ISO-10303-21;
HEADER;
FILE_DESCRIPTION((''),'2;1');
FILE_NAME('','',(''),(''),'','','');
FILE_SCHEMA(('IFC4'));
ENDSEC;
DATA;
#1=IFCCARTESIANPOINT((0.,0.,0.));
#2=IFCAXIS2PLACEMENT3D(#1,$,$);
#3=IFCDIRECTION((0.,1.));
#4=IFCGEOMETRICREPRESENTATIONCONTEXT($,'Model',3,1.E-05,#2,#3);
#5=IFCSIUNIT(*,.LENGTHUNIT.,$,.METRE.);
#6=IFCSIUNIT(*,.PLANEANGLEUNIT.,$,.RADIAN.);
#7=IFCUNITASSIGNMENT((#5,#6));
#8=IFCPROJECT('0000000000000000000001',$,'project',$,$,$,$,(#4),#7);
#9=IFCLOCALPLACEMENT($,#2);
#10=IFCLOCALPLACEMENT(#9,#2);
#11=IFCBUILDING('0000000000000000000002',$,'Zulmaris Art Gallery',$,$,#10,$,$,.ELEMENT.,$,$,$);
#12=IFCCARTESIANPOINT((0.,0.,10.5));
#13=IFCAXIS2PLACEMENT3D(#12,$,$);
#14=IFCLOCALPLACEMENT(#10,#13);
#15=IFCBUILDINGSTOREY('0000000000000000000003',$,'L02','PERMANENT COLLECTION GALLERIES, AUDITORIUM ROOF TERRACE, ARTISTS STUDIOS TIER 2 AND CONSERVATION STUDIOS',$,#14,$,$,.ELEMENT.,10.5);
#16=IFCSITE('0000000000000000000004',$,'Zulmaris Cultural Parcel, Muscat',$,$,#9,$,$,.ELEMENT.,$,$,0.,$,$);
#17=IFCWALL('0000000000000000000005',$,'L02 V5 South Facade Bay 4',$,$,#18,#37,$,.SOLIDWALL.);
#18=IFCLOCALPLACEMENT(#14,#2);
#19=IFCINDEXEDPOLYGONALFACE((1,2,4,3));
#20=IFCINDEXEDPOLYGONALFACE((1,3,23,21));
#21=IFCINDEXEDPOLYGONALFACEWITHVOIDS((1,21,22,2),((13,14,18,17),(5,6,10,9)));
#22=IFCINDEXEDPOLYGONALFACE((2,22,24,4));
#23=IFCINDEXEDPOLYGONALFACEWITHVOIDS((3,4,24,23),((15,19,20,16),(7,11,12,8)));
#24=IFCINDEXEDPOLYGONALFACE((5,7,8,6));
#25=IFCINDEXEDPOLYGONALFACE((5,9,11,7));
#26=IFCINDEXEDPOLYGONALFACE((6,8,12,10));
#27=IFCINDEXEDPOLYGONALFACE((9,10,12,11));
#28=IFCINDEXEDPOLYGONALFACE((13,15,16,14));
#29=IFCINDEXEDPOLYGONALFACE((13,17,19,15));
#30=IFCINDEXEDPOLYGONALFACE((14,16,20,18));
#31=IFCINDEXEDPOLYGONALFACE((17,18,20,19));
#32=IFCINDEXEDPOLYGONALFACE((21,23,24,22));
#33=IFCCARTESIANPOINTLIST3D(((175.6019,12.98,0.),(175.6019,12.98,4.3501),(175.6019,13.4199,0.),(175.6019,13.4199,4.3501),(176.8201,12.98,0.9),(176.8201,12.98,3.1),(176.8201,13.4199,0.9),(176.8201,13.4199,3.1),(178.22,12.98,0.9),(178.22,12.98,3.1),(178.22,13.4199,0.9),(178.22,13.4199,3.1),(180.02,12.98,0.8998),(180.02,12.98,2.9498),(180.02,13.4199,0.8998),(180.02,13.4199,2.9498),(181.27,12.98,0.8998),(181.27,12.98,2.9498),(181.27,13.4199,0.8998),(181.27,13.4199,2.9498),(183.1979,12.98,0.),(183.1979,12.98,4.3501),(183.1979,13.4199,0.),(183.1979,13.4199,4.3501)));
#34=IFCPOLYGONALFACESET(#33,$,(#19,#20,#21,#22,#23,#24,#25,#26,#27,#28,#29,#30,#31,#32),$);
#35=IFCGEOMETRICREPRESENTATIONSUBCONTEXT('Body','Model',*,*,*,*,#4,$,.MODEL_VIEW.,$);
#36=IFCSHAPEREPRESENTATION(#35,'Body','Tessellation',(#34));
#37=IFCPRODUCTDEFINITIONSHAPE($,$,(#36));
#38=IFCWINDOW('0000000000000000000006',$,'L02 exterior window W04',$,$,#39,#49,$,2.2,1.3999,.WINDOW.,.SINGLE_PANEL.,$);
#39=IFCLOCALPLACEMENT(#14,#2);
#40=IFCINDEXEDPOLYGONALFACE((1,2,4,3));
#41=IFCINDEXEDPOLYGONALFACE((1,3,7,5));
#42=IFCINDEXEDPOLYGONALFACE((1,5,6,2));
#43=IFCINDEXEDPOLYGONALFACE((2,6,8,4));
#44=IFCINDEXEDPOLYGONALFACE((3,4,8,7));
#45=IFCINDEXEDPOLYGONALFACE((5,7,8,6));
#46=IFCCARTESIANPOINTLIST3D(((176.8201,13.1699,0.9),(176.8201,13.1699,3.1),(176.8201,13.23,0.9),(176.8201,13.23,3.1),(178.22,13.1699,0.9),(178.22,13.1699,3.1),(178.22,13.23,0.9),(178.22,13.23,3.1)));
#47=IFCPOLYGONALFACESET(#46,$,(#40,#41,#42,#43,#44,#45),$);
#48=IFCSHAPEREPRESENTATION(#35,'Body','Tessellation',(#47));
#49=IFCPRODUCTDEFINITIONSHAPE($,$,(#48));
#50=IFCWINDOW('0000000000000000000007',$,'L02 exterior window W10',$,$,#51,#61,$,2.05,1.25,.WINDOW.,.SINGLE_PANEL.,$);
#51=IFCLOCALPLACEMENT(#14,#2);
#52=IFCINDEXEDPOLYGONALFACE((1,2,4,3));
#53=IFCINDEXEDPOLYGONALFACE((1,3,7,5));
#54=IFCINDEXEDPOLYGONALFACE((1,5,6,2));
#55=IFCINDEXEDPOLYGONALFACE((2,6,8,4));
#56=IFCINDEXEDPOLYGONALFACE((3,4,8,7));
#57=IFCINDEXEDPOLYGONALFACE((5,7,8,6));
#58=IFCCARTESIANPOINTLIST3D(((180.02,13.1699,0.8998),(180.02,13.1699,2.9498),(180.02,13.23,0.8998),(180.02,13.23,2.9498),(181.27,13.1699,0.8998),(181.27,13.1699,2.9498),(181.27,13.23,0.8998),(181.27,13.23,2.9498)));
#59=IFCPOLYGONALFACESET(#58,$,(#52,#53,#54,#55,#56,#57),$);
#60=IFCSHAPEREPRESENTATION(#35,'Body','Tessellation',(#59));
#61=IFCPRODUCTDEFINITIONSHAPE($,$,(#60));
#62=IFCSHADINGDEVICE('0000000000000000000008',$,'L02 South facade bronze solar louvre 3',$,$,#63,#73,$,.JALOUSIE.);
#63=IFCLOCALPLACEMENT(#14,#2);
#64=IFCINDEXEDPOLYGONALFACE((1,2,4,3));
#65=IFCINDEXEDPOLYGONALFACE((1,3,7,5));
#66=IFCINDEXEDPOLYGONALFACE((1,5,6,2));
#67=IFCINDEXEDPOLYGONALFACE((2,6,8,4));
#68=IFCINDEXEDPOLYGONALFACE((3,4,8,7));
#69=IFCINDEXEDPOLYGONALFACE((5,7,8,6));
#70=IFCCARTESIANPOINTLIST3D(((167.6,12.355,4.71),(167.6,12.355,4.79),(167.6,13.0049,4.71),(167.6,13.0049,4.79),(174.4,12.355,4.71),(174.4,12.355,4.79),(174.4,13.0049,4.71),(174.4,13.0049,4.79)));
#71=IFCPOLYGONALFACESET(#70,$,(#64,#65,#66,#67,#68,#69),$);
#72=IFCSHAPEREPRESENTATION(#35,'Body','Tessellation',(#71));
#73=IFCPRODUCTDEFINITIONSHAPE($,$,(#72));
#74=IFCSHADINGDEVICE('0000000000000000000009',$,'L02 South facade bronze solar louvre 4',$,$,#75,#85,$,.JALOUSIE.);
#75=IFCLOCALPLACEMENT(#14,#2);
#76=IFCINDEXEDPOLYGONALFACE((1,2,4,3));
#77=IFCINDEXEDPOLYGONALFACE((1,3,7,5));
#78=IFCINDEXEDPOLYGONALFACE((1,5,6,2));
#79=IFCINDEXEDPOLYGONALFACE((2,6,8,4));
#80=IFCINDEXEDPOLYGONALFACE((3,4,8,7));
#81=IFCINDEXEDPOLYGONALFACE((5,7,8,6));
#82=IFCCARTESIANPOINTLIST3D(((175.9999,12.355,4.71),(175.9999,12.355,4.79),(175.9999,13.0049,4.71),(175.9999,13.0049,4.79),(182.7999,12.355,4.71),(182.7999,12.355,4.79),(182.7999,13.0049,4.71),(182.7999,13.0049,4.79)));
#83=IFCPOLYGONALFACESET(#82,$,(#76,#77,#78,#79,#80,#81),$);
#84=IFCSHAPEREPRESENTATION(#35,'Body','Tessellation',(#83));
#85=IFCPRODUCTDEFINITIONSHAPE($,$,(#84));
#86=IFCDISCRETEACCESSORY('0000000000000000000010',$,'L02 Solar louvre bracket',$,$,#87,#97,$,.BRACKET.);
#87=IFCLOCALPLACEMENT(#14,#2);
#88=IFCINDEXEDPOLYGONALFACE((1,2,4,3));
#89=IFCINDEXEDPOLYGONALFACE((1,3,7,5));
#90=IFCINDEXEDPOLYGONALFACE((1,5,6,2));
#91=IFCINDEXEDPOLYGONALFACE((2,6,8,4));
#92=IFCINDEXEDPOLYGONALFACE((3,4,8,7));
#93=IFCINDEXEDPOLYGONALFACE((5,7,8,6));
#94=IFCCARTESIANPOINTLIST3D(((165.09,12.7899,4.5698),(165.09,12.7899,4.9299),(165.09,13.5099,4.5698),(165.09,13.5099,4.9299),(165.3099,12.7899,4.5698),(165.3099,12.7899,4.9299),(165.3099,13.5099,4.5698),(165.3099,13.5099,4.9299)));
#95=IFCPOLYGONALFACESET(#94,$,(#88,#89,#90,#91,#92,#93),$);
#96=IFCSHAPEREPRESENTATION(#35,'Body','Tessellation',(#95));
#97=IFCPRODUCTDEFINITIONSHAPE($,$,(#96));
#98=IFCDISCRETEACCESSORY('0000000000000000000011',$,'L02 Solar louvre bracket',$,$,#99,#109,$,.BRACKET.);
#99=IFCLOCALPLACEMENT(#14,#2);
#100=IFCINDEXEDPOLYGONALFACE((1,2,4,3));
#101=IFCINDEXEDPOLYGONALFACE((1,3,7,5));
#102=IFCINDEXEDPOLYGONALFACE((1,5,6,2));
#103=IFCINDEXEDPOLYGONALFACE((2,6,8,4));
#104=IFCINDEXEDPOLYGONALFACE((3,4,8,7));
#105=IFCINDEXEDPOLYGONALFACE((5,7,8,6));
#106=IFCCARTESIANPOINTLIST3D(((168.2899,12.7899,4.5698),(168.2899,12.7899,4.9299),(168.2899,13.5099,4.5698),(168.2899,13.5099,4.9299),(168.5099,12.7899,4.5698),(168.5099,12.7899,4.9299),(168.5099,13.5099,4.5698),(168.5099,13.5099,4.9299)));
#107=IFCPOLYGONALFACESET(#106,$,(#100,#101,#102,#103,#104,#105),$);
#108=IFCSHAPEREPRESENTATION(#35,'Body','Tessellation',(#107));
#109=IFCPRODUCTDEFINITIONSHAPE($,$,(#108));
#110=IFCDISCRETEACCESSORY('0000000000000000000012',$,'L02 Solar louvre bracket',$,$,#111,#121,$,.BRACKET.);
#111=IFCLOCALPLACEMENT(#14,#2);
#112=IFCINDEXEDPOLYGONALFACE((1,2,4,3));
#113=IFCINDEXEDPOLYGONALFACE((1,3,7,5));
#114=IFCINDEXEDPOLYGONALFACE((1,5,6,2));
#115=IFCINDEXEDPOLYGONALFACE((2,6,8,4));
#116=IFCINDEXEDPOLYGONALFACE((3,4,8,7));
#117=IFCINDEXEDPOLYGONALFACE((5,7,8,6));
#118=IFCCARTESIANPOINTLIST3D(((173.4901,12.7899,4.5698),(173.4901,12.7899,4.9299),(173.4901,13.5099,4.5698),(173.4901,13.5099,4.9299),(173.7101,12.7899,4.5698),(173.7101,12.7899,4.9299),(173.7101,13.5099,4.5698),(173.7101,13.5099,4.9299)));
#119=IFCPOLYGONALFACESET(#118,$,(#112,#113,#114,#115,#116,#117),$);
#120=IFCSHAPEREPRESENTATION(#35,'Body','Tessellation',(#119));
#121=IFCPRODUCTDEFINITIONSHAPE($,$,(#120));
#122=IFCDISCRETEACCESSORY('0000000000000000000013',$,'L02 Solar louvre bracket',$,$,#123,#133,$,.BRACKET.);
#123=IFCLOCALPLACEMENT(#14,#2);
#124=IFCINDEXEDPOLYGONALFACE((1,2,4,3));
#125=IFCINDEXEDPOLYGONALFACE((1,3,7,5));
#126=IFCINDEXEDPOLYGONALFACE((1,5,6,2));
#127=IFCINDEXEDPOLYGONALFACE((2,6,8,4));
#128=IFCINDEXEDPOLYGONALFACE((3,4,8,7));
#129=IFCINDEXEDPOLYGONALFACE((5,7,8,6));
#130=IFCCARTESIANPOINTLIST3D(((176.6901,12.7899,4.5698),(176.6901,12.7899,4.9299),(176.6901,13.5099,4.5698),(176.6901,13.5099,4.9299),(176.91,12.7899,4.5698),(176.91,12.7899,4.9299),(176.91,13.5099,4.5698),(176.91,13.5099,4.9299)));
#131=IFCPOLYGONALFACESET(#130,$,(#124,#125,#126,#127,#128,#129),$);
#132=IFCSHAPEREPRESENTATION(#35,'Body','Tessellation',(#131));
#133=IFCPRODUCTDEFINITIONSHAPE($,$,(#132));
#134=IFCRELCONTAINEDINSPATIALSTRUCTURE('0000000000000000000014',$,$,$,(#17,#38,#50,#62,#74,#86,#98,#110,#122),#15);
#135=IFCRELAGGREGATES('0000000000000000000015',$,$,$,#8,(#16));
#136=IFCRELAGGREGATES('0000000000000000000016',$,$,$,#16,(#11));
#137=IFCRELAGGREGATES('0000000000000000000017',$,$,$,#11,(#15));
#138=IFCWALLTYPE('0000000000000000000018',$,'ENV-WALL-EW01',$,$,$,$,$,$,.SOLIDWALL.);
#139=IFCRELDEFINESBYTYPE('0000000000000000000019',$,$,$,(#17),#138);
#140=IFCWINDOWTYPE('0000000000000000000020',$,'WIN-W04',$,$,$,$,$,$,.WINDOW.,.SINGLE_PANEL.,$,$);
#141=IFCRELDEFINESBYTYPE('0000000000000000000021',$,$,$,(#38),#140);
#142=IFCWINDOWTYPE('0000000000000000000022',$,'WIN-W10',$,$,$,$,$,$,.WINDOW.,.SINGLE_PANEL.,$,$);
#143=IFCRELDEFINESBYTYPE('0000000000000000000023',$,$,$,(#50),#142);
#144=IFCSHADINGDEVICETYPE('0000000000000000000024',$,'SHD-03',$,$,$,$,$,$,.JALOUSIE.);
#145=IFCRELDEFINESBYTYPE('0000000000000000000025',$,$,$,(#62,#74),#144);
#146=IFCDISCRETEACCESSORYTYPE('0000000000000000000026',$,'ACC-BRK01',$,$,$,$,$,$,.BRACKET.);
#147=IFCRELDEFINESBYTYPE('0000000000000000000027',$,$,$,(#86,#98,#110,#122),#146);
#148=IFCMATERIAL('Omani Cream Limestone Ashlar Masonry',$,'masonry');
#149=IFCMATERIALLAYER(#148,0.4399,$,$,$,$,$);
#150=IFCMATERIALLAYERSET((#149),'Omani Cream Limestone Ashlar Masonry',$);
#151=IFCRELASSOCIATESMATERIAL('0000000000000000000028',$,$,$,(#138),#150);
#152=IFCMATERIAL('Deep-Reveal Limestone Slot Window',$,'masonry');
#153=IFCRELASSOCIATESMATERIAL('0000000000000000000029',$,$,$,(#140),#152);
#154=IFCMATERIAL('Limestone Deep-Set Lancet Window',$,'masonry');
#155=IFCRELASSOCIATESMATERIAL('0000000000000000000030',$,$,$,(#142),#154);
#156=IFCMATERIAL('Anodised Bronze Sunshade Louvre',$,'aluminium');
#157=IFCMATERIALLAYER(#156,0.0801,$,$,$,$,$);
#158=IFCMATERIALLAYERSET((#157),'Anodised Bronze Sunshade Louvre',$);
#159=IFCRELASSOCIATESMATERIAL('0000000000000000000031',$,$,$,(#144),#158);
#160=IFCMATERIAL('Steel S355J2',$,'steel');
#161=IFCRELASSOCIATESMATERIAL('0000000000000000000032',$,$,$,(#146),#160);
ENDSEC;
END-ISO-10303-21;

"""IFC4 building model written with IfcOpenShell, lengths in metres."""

from ifc_helpers import new_model, si_unit, direction, frame, frame_2d, origin, origin_2d, place, context, subcontext, project, spatial, rectangle, extrude, material, layer, layer_set, type_object, element, fill, save


model = new_model("IFC4")

# Units and contexts
model_context = context("Model", 3, precision=1e-05, world=origin(), true_north=direction((0.0, 1.0)))
body_context = subcontext(model_context, "Body", "Model", "MODEL_VIEW")
ifc_project = project(units=[si_unit("LENGTHUNIT", "METRE"), si_unit("PLANEANGLEUNIT", "RADIAN")], contexts=[model_context])

# Site, building, storey
site_placement = place(None, origin())
site = spatial("IfcSite", under=ifc_project, at=site_placement, Name="Zulmaris Cultural Parcel, Muscat", CompositionType="ELEMENT", RefElevation=0.0)
building_placement = place(site_placement, origin())
building = spatial("IfcBuilding", under=site, at=building_placement, Name="Zulmaris Art Gallery", CompositionType="ELEMENT")
storey_placement = place(building_placement, frame((0.0, 0.0, 10.5)))
storey = spatial("IfcBuildingStorey", under=building, at=storey_placement, Name="L02", Description="PERMANENT COLLECTION GALLERIES, AUDITORIUM ROOF TERRACE, ARTISTS STUDIOS TIER 2 AND CONSERVATION STUDIOS", CompositionType="ELEMENT", Elevation=10.5)

# Shared definitions
ifc_material_1 = material(Name="Steel S355J2", Category="steel")

# Wall, openings, windows
ifc_material_2 = material(Name="Omani Cream Limestone Ashlar Masonry", Category="masonry")
ifc_layer_1 = layer(ifc_material_2, 0.4399)
ifc_layer_set_1 = layer_set([ifc_layer_1], Name="Omani Cream Limestone Ashlar Masonry")
wall_type = type_object("IfcWallType", Name="ENV-WALL-EW01", PredefinedType="SOLIDWALL", material=ifc_layer_set_1)
ifc_material_3 = material(Name="Deep-Reveal Limestone Slot Window", Category="masonry")
window_type_1 = type_object("IfcWindowType", Name="WIN-W04", PartitioningType="SINGLE_PANEL", PredefinedType="WINDOW", material=ifc_material_3)
ifc_material_4 = material(Name="Limestone Deep-Set Lancet Window", Category="masonry")
window_type_2 = type_object("IfcWindowType", Name="WIN-W10", PartitioningType="SINGLE_PANEL", PredefinedType="WINDOW", material=ifc_material_4)
wall_1_placement = place(storey_placement, frame((175.6021, 13.2, 0.0), z_axis=(0.0, 0.0, 1.0), x_axis=(1.0, 0.0, 0.0)))
wall_1 = element("IfcWall", 1, at=wall_1_placement, inside=storey, type_object=wall_type, Name="L02 V5 South Facade Bay 4", PredefinedType="SOLIDWALL", context=body_context, shape_type="SweptSolid", body=[
    extrude(rectangle(XDim=7.5959, YDim=0.4399, at=frame_2d((3.7979, 0.0))), origin(), (0.0, 0.0, 1.0), 4.3501),
])
opening_1_placement = place(wall_1_placement, frame((1.218, 0.0, 0.8999)))
opening_1 = element("IfcOpeningElement", 2, at=opening_1_placement, cuts=wall_1, PredefinedType="OPENING", context=body_context, shape_type="SweptSolid", body=[
    extrude(rectangle(XDim=1.3999, YDim=2.2, at=frame_2d((0.7, 1.1001))), frame((0.0, 0.23, 0.0), z_axis=(0.0, -1.0, 0.0), x_axis=(1.0, 0.0, 0.0)), (0.0, 0.0, 1.0), 0.46),
])
opening_2_placement = place(wall_1_placement, frame((4.418, 0.0, 0.8999)))
opening_2 = element("IfcOpeningElement", 3, at=opening_2_placement, cuts=wall_1, PredefinedType="OPENING", context=body_context, shape_type="SweptSolid", body=[
    extrude(rectangle(XDim=1.25, YDim=2.05, at=frame_2d((0.625, 1.0249))), frame((0.0, 0.23, 0.0), z_axis=(0.0, -1.0, 0.0), x_axis=(1.0, 0.0, 0.0)), (0.0, 0.0, 1.0), 0.46),
])
window_1_placement = place(opening_1_placement, origin())
window_1 = element("IfcWindow", 4, at=window_1_placement, inside=storey, type_object=window_type_1, Name="L02 exterior window W04", OverallHeight=2.2, OverallWidth=1.3999, PartitioningType="SINGLE_PANEL", PredefinedType="WINDOW", context=body_context, shape_type="SweptSolid", body=[
    extrude(rectangle(XDim=1.3999, YDim=2.2, at=frame_2d((0.7, 1.1001))), frame((0.0, 0.03, 0.0), z_axis=(0.0, -1.0, 0.0), x_axis=(1.0, 0.0, 0.0)), (0.0, 0.0, 1.0), 0.0601),
])
fill(opening_1, window_1)
window_2_placement = place(opening_2_placement, origin())
window_2 = element("IfcWindow", 5, at=window_2_placement, inside=storey, type_object=window_type_2, Name="L02 exterior window W10", OverallHeight=2.05, OverallWidth=1.25, PartitioningType="SINGLE_PANEL", PredefinedType="WINDOW", context=body_context, shape_type="SweptSolid", body=[
    extrude(rectangle(XDim=1.25, YDim=2.05, at=frame_2d((0.625, 1.0249))), frame((0.0, 0.03, 0.0), z_axis=(0.0, -1.0, 0.0), x_axis=(1.0, 0.0, 0.0)), (0.0, 0.0, 1.0), 0.0601),
])
fill(opening_2, window_2)

# Shading devices
ifc_material_5 = material(Name="Anodised Bronze Sunshade Louvre", Category="aluminium")
ifc_layer_2 = layer(ifc_material_5, 0.0801)
ifc_layer_set_2 = layer_set([ifc_layer_2], Name="Anodised Bronze Sunshade Louvre")
shading_device_type = type_object("IfcShadingDeviceType", Name="SHD-03", PredefinedType="JALOUSIE", material=ifc_layer_set_2)
for number, where, z_axis, x_axis, name in (
    (6, (171.0, 12.6799, 4.71), (0.0, 0.0, 1.0), (1.0, 0.0, 0.0), "L02 South facade bronze solar louvre 3"),
    (7, (179.3999, 12.6799, 4.71), (0.0, 0.0, 1.0), (1.0, 0.0, 0.0), "L02 South facade bronze solar louvre 4"),
):
    element("IfcShadingDevice", number, at=place(storey_placement, frame(where, z_axis=z_axis, x_axis=x_axis)), inside=storey, type_object=shading_device_type, Name=name, PredefinedType="JALOUSIE", context=body_context, shape_type="SweptSolid", body=[
        extrude(rectangle(XDim=6.8, YDim=0.6499, at=origin_2d()), origin(), (0.0, 0.0, 1.0), 0.0801),
    ])

# Discrete accessories
discrete_accessory_type = type_object("IfcDiscreteAccessoryType", Name="ACC-BRK01", PredefinedType="BRACKET", material=ifc_material_1)
for number, where, z_axis, x_axis, name in (
    (8, (165.2, 13.1499, 4.5698), (0.0, 0.0, 1.0), (1.0, 0.0, 0.0), "L02 Solar louvre bracket"),
    (9, (168.3999, 13.1499, 4.5698), (0.0, 0.0, 1.0), (1.0, 0.0, 0.0), "L02 Solar louvre bracket"),
    (10, (173.6001, 13.1499, 4.5698), (0.0, 0.0, 1.0), (1.0, 0.0, 0.0), "L02 Solar louvre bracket"),
    (11, (176.8, 13.1499, 4.5698), (0.0, 0.0, 1.0), (1.0, 0.0, 0.0), "L02 Solar louvre bracket"),
):
    element("IfcDiscreteAccessory", number, at=place(storey_placement, frame(where, z_axis=z_axis, x_axis=x_axis)), inside=storey, type_object=discrete_accessory_type, Name=name, PredefinedType="BRACKET", context=body_context, shape_type="SweptSolid", body=[
        extrude(rectangle(XDim=0.22, YDim=0.72, at=origin_2d()), origin(), (0.0, 0.0, 1.0), 0.3601),
    ])

save(model, "model.ifc")
